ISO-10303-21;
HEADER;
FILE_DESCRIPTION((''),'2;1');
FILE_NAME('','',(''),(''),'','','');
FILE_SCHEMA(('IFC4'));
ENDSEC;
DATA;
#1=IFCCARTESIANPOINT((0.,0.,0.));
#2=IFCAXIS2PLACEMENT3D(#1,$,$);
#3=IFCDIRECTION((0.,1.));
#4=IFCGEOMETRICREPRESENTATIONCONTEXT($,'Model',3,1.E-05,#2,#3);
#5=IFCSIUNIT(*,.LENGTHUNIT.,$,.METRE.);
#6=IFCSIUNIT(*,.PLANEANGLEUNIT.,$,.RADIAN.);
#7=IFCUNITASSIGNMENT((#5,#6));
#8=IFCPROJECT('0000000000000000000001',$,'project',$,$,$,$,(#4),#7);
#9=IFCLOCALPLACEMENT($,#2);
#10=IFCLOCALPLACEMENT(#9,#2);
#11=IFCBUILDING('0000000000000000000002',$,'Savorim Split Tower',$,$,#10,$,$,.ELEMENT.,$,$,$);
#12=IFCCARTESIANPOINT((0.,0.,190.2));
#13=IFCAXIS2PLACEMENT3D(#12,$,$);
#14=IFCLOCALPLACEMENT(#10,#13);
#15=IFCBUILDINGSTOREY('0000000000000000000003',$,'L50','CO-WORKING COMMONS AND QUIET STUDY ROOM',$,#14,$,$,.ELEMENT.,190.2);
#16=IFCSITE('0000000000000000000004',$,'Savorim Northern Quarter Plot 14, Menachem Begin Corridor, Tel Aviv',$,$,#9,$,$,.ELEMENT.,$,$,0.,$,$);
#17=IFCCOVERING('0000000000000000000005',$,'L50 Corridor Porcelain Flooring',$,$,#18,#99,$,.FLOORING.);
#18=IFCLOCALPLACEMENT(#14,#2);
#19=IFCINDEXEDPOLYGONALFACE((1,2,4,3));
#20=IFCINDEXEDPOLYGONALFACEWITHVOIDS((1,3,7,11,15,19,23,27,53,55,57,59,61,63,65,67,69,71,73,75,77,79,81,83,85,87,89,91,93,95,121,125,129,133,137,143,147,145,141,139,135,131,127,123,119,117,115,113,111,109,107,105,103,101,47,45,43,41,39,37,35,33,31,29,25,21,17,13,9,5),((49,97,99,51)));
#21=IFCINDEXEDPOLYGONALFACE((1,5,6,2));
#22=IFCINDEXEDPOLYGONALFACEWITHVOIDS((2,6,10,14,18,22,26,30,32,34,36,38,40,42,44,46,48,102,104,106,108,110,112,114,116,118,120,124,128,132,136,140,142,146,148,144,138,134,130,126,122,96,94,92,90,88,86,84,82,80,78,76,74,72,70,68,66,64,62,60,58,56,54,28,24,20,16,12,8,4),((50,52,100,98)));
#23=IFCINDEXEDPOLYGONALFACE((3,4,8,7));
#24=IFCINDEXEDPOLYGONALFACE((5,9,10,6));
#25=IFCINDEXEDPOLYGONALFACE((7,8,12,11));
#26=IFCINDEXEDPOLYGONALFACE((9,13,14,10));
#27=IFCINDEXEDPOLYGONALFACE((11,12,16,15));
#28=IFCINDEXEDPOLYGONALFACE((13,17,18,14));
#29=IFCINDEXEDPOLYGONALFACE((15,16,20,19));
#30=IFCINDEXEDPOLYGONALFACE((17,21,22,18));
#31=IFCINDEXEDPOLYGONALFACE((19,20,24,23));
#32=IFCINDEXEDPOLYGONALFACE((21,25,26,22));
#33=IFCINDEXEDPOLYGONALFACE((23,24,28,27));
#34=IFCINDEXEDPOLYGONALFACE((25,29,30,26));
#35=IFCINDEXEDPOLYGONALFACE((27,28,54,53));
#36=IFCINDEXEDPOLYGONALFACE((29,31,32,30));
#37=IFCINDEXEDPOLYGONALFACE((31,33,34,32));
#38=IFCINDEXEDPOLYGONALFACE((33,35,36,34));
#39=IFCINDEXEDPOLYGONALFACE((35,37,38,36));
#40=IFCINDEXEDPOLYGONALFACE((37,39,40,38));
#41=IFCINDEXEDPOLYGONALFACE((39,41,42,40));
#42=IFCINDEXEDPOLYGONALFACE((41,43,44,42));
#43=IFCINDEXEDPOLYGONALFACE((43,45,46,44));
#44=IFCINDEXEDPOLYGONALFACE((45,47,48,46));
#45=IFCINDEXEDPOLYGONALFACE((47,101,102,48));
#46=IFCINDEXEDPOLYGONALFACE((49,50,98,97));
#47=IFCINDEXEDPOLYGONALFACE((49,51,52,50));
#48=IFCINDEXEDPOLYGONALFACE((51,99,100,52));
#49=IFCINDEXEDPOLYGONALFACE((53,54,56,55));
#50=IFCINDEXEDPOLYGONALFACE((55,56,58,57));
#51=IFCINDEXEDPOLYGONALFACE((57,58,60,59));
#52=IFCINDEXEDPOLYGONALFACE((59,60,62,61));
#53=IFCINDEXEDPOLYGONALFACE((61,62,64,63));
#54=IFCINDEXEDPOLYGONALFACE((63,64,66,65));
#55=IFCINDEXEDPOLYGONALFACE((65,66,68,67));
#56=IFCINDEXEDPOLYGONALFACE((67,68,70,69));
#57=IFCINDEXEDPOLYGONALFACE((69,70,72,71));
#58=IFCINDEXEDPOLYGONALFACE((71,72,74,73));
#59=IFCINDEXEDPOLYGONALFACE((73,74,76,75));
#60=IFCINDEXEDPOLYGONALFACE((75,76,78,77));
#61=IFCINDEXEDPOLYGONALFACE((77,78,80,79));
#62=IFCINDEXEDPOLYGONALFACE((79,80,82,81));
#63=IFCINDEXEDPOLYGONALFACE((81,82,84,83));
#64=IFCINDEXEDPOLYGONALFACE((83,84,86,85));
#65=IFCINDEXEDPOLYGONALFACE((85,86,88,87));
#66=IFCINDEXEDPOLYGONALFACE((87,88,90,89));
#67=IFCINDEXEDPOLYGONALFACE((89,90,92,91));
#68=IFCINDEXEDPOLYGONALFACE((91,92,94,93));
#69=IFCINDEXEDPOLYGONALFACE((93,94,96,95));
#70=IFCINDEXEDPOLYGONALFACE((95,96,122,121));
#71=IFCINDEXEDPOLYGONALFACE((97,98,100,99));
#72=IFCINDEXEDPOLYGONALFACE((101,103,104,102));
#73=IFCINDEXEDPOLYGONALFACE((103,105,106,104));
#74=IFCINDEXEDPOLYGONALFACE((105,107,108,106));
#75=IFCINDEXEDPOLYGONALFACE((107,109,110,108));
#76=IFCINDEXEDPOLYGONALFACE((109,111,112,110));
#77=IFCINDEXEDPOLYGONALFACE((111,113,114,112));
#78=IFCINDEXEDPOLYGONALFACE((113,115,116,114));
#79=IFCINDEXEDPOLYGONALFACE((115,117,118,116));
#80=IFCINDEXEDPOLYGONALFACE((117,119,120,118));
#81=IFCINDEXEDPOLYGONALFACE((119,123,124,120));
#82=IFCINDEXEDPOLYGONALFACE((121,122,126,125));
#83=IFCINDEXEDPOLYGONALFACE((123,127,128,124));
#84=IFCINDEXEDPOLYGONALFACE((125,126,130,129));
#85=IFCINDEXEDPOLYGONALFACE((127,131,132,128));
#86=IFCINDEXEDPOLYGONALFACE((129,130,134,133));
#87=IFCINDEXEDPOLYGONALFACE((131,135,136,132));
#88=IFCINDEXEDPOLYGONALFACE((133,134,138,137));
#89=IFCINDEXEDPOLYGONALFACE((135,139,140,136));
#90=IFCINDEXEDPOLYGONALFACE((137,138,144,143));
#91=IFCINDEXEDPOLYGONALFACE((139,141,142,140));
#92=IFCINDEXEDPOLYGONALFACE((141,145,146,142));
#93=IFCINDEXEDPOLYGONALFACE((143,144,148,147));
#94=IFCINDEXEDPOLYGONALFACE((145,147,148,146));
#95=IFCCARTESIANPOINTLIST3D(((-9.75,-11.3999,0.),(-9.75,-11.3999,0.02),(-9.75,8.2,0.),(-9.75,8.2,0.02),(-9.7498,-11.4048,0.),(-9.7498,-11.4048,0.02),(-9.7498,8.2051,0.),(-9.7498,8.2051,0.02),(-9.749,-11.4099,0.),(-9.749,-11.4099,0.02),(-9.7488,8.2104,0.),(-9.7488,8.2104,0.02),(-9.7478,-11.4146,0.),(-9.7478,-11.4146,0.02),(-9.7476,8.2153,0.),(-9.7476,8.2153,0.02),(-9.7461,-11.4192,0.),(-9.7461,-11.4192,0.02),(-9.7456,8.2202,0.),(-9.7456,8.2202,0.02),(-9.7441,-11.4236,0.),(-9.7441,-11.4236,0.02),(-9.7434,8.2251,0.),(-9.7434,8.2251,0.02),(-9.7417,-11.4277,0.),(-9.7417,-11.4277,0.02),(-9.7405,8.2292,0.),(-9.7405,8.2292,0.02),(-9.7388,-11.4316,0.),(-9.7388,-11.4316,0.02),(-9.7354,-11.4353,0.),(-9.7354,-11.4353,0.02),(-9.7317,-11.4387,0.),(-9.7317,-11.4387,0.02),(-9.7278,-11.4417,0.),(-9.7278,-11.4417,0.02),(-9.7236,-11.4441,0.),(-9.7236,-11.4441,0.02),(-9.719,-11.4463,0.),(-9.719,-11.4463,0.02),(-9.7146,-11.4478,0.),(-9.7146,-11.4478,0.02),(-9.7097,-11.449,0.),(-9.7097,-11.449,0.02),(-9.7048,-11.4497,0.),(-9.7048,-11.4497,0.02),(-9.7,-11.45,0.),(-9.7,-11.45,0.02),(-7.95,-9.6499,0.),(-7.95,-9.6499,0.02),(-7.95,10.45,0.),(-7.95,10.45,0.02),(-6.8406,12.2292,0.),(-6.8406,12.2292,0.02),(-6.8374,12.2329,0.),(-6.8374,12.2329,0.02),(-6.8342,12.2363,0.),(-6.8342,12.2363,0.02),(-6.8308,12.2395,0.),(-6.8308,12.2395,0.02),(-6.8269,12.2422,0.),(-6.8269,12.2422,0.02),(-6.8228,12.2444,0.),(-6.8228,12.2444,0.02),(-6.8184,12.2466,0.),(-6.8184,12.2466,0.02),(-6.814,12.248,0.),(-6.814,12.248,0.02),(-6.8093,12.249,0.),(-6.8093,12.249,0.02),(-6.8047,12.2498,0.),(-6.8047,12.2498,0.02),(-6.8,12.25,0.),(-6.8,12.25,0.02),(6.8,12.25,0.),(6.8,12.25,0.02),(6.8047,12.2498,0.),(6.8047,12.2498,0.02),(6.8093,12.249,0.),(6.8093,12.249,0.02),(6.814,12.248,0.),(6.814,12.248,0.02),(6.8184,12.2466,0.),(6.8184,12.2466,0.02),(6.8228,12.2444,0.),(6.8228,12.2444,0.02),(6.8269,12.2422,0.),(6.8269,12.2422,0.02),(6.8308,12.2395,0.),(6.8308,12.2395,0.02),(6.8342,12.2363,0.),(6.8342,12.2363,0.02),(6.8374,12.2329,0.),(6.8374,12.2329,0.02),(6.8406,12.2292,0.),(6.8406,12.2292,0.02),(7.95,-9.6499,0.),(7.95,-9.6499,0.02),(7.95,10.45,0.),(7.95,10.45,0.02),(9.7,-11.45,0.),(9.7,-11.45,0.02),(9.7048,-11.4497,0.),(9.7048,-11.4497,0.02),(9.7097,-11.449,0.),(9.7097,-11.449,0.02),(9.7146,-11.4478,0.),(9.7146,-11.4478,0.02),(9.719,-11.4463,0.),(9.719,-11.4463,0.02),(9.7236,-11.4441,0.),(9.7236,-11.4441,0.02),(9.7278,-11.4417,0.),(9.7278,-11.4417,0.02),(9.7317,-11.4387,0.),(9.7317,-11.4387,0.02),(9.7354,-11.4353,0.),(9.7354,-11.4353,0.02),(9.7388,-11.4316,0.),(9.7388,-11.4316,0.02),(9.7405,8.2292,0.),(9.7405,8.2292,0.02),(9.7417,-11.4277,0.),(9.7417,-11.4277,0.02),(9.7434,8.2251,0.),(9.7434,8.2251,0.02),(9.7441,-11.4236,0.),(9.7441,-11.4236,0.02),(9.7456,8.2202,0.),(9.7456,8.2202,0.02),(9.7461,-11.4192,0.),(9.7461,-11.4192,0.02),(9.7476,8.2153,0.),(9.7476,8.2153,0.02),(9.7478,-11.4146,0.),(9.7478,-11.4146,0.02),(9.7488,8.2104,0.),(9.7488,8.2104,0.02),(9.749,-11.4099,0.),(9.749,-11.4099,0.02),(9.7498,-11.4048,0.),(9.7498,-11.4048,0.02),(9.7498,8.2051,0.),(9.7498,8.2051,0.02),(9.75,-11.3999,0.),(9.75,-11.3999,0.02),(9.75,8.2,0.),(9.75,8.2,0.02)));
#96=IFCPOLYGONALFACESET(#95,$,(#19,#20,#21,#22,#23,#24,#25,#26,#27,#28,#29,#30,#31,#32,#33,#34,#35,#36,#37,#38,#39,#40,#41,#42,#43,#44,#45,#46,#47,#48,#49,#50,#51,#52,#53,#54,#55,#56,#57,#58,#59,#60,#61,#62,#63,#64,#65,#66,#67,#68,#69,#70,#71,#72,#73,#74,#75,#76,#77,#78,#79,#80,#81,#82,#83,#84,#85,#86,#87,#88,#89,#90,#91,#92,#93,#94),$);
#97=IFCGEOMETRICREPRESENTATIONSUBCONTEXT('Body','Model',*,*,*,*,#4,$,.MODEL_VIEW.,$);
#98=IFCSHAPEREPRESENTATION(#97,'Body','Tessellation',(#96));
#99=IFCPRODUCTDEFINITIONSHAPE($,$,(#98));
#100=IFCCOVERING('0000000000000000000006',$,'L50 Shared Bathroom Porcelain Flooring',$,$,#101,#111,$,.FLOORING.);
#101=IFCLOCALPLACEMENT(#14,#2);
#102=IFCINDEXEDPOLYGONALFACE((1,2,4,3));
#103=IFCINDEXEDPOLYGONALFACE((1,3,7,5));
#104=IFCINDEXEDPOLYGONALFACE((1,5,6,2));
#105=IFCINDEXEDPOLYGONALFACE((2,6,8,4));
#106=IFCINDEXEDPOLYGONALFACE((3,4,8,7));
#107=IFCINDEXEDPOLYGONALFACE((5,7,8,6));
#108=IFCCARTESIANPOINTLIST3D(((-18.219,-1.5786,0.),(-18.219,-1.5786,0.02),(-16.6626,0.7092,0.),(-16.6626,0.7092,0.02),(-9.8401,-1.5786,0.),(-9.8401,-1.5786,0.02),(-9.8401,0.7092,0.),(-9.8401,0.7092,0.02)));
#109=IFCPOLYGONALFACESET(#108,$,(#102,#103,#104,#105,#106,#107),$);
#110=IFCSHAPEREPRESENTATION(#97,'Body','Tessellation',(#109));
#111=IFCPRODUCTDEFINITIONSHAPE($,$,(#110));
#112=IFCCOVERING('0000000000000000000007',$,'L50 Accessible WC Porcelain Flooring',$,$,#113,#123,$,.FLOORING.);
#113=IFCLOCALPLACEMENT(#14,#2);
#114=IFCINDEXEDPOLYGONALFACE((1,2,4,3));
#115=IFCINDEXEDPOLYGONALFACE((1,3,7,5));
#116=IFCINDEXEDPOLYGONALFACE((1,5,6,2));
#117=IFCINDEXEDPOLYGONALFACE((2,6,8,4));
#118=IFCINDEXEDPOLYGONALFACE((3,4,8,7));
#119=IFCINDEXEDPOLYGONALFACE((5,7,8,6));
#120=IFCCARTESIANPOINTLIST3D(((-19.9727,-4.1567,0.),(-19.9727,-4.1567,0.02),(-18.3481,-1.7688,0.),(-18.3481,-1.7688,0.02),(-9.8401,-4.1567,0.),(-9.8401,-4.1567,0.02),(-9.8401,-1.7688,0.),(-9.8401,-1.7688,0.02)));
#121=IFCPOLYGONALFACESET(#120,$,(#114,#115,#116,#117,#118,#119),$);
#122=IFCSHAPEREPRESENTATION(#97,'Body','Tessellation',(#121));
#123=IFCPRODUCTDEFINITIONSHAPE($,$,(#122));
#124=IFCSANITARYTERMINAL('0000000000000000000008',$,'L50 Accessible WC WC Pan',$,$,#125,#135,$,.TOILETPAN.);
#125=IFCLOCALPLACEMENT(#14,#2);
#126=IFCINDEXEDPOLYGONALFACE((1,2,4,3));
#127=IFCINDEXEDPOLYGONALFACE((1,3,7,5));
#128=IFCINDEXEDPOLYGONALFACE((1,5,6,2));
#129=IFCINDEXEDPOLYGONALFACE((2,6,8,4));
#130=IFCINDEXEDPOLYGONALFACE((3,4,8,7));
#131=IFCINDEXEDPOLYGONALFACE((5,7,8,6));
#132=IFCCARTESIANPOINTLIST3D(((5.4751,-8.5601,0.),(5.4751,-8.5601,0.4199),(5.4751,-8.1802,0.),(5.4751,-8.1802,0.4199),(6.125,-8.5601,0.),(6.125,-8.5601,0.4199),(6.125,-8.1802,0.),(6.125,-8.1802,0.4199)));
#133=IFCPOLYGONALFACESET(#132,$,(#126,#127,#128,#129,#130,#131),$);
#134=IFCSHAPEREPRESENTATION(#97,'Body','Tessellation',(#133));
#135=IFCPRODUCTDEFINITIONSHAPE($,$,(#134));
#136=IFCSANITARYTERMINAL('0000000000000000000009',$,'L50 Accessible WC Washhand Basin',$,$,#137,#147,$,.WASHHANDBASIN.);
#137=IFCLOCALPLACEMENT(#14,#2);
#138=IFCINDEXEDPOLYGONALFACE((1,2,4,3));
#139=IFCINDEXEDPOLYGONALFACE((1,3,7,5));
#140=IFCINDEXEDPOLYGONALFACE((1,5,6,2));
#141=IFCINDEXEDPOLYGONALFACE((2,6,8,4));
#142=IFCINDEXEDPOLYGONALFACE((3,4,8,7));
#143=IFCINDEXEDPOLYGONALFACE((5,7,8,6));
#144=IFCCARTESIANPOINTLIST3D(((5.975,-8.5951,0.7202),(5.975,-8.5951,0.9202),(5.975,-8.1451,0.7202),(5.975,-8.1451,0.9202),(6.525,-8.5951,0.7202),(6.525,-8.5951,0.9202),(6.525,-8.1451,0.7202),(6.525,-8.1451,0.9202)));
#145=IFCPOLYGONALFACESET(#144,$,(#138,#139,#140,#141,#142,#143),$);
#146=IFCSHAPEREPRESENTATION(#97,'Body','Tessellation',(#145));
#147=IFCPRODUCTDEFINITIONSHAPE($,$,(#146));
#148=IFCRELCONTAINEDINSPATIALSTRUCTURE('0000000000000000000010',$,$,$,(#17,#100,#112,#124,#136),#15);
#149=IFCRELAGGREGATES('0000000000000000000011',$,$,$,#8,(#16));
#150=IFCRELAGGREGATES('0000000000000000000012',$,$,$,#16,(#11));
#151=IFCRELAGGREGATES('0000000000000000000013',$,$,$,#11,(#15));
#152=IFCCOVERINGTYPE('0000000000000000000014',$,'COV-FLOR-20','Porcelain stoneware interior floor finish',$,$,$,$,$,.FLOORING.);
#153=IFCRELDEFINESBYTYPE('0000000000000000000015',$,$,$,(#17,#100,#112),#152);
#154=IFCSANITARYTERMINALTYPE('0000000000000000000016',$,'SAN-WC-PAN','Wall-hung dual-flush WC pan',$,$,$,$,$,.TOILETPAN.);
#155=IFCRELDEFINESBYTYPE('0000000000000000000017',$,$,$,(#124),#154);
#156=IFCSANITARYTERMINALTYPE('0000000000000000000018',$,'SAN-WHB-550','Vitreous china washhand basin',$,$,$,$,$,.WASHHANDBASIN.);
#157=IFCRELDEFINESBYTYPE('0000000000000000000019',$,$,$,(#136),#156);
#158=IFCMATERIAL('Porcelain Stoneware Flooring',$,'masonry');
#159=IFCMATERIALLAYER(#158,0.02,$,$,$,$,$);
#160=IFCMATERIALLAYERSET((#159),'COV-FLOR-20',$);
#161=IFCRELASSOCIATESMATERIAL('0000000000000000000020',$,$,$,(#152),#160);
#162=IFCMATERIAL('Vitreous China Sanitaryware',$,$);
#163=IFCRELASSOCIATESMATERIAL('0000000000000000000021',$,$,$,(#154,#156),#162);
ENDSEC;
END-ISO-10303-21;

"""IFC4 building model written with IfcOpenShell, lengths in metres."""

from ifc_helpers import new_model, si_unit, direction, frame, origin, origin_2d, place, context, subcontext, project, spatial, polyline, rectangle, outline, extrude, material, layer, layer_set, type_object, element, save


model = new_model("IFC4")

# Units and contexts
model_context = context("Model", 3, precision=1e-05, world=origin(), true_north=direction((0.0, 1.0)))
body_context = subcontext(model_context, "Body", "Model", "MODEL_VIEW")
ifc_project = project(units=[si_unit("LENGTHUNIT", "METRE"), si_unit("PLANEANGLEUNIT", "RADIAN")], contexts=[model_context])

# Site, building, storey
site_placement = place(None, origin())
site = spatial("IfcSite", under=ifc_project, at=site_placement, Name="Savorim Northern Quarter Plot 14, Menachem Begin Corridor, Tel Aviv", CompositionType="ELEMENT", RefElevation=0.0)
building_placement = place(site_placement, origin())
building = spatial("IfcBuilding", under=site, at=building_placement, Name="Savorim Split Tower", CompositionType="ELEMENT")
storey_placement = place(building_placement, frame((0.0, 0.0, 190.2)))
storey = spatial("IfcBuildingStorey", under=building, at=storey_placement, Name="L50", Description="CO-WORKING COMMONS AND QUIET STUDY ROOM", CompositionType="ELEMENT", Elevation=190.2)

# Coverings
ifc_material_1 = material(Name="Porcelain Stoneware Flooring", Category="masonry")
ifc_layer_1 = layer(ifc_material_1, 0.02)
ifc_layer_set_1 = layer_set([ifc_layer_1], Name="COV-FLOR-20")
covering_type_1 = type_object("IfcCoveringType", Name="COV-FLOR-20", Description="Porcelain stoneware interior floor finish", PredefinedType="FLOORING", material=ifc_layer_set_1)
covering_1_placement = place(storey_placement, origin())
element("IfcCovering", 1, at=covering_1_placement, inside=storey, type_object=covering_type_1, Name="L50 Corridor Porcelain Flooring", PredefinedType="FLOORING", context=body_context, shape_type="SweptSolid", body=[
    extrude(outline(polyline([(6.8093, 12.249), (6.8047, 12.2498), (6.8, 12.25), (-6.8, 12.25), (-6.8047, 12.2498), (-6.8093, 12.249), (-6.814, 12.248), (-6.8184, 12.2466), (-6.8228, 12.2444), (-6.8269, 12.2422), (-6.8308, 12.2395), (-6.8342, 12.2363), (-6.8374, 12.2329), (-6.8406, 12.2292), (-9.7405, 8.2292), (-9.7434, 8.2251), (-9.7456, 8.2202), (-9.7476, 8.2153), (-9.7488, 8.2104), (-9.7498, 8.2051), (-9.75, 8.2), (-9.75, -11.3999), (-9.7498, -11.4048), (-9.749, -11.4099), (-9.7478, -11.4146), (-9.7461, -11.4192), (-9.7441, -11.4236), (-9.7417, -11.4277), (-9.7388, -11.4316), (-9.7354, -11.4353), (-9.7317, -11.4387), (-9.7278, -11.4417), (-9.7236, -11.4441), (-9.719, -11.4463), (-9.7146, -11.4478), (-9.7097, -11.449), (-9.7048, -11.4497), (-9.7, -11.45), (9.7, -11.45), (9.7048, -11.4497), (9.7097, -11.449), (9.7146, -11.4478), (9.719, -11.4463), (9.7236, -11.4441), (9.7278, -11.4417), (9.7317, -11.4387), (9.7354, -11.4353), (9.7388, -11.4316), (9.7417, -11.4277), (9.7441, -11.4236), (9.7461, -11.4192), (9.7478, -11.4146), (9.749, -11.4099), (9.7498, -11.4048), (9.75, -11.3999), (9.75, 8.2), (9.7498, 8.2051), (9.7488, 8.2104), (9.7476, 8.2153), (9.7456, 8.2202), (9.7434, 8.2251), (9.7405, 8.2292), (6.8406, 12.2292), (6.8374, 12.2329), (6.8342, 12.2363), (6.8308, 12.2395), (6.8269, 12.2422), (6.8228, 12.2444), (6.8184, 12.2466), (6.814, 12.248), (6.8093, 12.249)]), holes=[polyline([(-7.95, 10.45), (-7.95, -9.6499), (7.95, -9.6499), (7.95, 10.45), (-7.95, 10.45)])]), origin(), (0.0, 0.0, 1.0), 0.02),
])
covering_2_placement = place(storey_placement, origin())
element("IfcCovering", 2, at=covering_2_placement, inside=storey, type_object=covering_type_1, Name="L50 Shared Bathroom Porcelain Flooring", PredefinedType="FLOORING", context=body_context, shape_type="SweptSolid", body=[
    extrude(outline(polyline([(-16.6626, 0.7092), (-18.219, -1.5786), (-9.8401, -1.5786), (-9.8401, 0.7092), (-16.6626, 0.7092)])), origin(), (0.0, 0.0, 1.0), 0.02),
])
covering_3_placement = place(storey_placement, origin())
element("IfcCovering", 3, at=covering_3_placement, inside=storey, type_object=covering_type_1, Name="L50 Accessible WC Porcelain Flooring", PredefinedType="FLOORING", context=body_context, shape_type="SweptSolid", body=[
    extrude(outline(polyline([(-18.3481, -1.7688), (-19.9727, -4.1567), (-9.8401, -4.1567), (-9.8401, -1.7688), (-18.3481, -1.7688)])), origin(), (0.0, 0.0, 1.0), 0.02),
])

# Sanitary terminals
ifc_material_2 = material(Name="Vitreous China Sanitaryware")
sanitary_terminal_type_1 = type_object("IfcSanitaryTerminalType", Name="SAN-WC-PAN", Description="Wall-hung dual-flush WC pan", PredefinedType="TOILETPAN", material=ifc_material_2)
sanitary_terminal_1_placement = place(storey_placement, frame((5.8, -8.3701, 0.0), z_axis=(0.0, 0.0, 1.0), x_axis=(1.0, 0.0, 0.0)))
element("IfcSanitaryTerminal", 4, at=sanitary_terminal_1_placement, inside=storey, type_object=sanitary_terminal_type_1, Name="L50 Accessible WC WC Pan", PredefinedType="TOILETPAN", context=body_context, shape_type="SweptSolid", body=[
    extrude(rectangle(XDim=0.6499, YDim=0.3799, at=origin_2d()), origin(), (0.0, 0.0, 1.0), 0.4199),
])
sanitary_terminal_type_2 = type_object("IfcSanitaryTerminalType", Name="SAN-WHB-550", Description="Vitreous china washhand basin", PredefinedType="WASHHANDBASIN", material=ifc_material_2)
sanitary_terminal_2_placement = place(storey_placement, frame((6.25, -8.3701, 0.7202), z_axis=(0.0, 0.0, 1.0), x_axis=(1.0, 0.0, 0.0)))
element("IfcSanitaryTerminal", 5, at=sanitary_terminal_2_placement, inside=storey, type_object=sanitary_terminal_type_2, Name="L50 Accessible WC Washhand Basin", PredefinedType="WASHHANDBASIN", context=body_context, shape_type="SweptSolid", body=[
    extrude(rectangle(XDim=0.55, YDim=0.45, at=origin_2d()), origin(), (0.0, 0.0, 1.0), 0.2),
])

save(model, "model.ifc")
